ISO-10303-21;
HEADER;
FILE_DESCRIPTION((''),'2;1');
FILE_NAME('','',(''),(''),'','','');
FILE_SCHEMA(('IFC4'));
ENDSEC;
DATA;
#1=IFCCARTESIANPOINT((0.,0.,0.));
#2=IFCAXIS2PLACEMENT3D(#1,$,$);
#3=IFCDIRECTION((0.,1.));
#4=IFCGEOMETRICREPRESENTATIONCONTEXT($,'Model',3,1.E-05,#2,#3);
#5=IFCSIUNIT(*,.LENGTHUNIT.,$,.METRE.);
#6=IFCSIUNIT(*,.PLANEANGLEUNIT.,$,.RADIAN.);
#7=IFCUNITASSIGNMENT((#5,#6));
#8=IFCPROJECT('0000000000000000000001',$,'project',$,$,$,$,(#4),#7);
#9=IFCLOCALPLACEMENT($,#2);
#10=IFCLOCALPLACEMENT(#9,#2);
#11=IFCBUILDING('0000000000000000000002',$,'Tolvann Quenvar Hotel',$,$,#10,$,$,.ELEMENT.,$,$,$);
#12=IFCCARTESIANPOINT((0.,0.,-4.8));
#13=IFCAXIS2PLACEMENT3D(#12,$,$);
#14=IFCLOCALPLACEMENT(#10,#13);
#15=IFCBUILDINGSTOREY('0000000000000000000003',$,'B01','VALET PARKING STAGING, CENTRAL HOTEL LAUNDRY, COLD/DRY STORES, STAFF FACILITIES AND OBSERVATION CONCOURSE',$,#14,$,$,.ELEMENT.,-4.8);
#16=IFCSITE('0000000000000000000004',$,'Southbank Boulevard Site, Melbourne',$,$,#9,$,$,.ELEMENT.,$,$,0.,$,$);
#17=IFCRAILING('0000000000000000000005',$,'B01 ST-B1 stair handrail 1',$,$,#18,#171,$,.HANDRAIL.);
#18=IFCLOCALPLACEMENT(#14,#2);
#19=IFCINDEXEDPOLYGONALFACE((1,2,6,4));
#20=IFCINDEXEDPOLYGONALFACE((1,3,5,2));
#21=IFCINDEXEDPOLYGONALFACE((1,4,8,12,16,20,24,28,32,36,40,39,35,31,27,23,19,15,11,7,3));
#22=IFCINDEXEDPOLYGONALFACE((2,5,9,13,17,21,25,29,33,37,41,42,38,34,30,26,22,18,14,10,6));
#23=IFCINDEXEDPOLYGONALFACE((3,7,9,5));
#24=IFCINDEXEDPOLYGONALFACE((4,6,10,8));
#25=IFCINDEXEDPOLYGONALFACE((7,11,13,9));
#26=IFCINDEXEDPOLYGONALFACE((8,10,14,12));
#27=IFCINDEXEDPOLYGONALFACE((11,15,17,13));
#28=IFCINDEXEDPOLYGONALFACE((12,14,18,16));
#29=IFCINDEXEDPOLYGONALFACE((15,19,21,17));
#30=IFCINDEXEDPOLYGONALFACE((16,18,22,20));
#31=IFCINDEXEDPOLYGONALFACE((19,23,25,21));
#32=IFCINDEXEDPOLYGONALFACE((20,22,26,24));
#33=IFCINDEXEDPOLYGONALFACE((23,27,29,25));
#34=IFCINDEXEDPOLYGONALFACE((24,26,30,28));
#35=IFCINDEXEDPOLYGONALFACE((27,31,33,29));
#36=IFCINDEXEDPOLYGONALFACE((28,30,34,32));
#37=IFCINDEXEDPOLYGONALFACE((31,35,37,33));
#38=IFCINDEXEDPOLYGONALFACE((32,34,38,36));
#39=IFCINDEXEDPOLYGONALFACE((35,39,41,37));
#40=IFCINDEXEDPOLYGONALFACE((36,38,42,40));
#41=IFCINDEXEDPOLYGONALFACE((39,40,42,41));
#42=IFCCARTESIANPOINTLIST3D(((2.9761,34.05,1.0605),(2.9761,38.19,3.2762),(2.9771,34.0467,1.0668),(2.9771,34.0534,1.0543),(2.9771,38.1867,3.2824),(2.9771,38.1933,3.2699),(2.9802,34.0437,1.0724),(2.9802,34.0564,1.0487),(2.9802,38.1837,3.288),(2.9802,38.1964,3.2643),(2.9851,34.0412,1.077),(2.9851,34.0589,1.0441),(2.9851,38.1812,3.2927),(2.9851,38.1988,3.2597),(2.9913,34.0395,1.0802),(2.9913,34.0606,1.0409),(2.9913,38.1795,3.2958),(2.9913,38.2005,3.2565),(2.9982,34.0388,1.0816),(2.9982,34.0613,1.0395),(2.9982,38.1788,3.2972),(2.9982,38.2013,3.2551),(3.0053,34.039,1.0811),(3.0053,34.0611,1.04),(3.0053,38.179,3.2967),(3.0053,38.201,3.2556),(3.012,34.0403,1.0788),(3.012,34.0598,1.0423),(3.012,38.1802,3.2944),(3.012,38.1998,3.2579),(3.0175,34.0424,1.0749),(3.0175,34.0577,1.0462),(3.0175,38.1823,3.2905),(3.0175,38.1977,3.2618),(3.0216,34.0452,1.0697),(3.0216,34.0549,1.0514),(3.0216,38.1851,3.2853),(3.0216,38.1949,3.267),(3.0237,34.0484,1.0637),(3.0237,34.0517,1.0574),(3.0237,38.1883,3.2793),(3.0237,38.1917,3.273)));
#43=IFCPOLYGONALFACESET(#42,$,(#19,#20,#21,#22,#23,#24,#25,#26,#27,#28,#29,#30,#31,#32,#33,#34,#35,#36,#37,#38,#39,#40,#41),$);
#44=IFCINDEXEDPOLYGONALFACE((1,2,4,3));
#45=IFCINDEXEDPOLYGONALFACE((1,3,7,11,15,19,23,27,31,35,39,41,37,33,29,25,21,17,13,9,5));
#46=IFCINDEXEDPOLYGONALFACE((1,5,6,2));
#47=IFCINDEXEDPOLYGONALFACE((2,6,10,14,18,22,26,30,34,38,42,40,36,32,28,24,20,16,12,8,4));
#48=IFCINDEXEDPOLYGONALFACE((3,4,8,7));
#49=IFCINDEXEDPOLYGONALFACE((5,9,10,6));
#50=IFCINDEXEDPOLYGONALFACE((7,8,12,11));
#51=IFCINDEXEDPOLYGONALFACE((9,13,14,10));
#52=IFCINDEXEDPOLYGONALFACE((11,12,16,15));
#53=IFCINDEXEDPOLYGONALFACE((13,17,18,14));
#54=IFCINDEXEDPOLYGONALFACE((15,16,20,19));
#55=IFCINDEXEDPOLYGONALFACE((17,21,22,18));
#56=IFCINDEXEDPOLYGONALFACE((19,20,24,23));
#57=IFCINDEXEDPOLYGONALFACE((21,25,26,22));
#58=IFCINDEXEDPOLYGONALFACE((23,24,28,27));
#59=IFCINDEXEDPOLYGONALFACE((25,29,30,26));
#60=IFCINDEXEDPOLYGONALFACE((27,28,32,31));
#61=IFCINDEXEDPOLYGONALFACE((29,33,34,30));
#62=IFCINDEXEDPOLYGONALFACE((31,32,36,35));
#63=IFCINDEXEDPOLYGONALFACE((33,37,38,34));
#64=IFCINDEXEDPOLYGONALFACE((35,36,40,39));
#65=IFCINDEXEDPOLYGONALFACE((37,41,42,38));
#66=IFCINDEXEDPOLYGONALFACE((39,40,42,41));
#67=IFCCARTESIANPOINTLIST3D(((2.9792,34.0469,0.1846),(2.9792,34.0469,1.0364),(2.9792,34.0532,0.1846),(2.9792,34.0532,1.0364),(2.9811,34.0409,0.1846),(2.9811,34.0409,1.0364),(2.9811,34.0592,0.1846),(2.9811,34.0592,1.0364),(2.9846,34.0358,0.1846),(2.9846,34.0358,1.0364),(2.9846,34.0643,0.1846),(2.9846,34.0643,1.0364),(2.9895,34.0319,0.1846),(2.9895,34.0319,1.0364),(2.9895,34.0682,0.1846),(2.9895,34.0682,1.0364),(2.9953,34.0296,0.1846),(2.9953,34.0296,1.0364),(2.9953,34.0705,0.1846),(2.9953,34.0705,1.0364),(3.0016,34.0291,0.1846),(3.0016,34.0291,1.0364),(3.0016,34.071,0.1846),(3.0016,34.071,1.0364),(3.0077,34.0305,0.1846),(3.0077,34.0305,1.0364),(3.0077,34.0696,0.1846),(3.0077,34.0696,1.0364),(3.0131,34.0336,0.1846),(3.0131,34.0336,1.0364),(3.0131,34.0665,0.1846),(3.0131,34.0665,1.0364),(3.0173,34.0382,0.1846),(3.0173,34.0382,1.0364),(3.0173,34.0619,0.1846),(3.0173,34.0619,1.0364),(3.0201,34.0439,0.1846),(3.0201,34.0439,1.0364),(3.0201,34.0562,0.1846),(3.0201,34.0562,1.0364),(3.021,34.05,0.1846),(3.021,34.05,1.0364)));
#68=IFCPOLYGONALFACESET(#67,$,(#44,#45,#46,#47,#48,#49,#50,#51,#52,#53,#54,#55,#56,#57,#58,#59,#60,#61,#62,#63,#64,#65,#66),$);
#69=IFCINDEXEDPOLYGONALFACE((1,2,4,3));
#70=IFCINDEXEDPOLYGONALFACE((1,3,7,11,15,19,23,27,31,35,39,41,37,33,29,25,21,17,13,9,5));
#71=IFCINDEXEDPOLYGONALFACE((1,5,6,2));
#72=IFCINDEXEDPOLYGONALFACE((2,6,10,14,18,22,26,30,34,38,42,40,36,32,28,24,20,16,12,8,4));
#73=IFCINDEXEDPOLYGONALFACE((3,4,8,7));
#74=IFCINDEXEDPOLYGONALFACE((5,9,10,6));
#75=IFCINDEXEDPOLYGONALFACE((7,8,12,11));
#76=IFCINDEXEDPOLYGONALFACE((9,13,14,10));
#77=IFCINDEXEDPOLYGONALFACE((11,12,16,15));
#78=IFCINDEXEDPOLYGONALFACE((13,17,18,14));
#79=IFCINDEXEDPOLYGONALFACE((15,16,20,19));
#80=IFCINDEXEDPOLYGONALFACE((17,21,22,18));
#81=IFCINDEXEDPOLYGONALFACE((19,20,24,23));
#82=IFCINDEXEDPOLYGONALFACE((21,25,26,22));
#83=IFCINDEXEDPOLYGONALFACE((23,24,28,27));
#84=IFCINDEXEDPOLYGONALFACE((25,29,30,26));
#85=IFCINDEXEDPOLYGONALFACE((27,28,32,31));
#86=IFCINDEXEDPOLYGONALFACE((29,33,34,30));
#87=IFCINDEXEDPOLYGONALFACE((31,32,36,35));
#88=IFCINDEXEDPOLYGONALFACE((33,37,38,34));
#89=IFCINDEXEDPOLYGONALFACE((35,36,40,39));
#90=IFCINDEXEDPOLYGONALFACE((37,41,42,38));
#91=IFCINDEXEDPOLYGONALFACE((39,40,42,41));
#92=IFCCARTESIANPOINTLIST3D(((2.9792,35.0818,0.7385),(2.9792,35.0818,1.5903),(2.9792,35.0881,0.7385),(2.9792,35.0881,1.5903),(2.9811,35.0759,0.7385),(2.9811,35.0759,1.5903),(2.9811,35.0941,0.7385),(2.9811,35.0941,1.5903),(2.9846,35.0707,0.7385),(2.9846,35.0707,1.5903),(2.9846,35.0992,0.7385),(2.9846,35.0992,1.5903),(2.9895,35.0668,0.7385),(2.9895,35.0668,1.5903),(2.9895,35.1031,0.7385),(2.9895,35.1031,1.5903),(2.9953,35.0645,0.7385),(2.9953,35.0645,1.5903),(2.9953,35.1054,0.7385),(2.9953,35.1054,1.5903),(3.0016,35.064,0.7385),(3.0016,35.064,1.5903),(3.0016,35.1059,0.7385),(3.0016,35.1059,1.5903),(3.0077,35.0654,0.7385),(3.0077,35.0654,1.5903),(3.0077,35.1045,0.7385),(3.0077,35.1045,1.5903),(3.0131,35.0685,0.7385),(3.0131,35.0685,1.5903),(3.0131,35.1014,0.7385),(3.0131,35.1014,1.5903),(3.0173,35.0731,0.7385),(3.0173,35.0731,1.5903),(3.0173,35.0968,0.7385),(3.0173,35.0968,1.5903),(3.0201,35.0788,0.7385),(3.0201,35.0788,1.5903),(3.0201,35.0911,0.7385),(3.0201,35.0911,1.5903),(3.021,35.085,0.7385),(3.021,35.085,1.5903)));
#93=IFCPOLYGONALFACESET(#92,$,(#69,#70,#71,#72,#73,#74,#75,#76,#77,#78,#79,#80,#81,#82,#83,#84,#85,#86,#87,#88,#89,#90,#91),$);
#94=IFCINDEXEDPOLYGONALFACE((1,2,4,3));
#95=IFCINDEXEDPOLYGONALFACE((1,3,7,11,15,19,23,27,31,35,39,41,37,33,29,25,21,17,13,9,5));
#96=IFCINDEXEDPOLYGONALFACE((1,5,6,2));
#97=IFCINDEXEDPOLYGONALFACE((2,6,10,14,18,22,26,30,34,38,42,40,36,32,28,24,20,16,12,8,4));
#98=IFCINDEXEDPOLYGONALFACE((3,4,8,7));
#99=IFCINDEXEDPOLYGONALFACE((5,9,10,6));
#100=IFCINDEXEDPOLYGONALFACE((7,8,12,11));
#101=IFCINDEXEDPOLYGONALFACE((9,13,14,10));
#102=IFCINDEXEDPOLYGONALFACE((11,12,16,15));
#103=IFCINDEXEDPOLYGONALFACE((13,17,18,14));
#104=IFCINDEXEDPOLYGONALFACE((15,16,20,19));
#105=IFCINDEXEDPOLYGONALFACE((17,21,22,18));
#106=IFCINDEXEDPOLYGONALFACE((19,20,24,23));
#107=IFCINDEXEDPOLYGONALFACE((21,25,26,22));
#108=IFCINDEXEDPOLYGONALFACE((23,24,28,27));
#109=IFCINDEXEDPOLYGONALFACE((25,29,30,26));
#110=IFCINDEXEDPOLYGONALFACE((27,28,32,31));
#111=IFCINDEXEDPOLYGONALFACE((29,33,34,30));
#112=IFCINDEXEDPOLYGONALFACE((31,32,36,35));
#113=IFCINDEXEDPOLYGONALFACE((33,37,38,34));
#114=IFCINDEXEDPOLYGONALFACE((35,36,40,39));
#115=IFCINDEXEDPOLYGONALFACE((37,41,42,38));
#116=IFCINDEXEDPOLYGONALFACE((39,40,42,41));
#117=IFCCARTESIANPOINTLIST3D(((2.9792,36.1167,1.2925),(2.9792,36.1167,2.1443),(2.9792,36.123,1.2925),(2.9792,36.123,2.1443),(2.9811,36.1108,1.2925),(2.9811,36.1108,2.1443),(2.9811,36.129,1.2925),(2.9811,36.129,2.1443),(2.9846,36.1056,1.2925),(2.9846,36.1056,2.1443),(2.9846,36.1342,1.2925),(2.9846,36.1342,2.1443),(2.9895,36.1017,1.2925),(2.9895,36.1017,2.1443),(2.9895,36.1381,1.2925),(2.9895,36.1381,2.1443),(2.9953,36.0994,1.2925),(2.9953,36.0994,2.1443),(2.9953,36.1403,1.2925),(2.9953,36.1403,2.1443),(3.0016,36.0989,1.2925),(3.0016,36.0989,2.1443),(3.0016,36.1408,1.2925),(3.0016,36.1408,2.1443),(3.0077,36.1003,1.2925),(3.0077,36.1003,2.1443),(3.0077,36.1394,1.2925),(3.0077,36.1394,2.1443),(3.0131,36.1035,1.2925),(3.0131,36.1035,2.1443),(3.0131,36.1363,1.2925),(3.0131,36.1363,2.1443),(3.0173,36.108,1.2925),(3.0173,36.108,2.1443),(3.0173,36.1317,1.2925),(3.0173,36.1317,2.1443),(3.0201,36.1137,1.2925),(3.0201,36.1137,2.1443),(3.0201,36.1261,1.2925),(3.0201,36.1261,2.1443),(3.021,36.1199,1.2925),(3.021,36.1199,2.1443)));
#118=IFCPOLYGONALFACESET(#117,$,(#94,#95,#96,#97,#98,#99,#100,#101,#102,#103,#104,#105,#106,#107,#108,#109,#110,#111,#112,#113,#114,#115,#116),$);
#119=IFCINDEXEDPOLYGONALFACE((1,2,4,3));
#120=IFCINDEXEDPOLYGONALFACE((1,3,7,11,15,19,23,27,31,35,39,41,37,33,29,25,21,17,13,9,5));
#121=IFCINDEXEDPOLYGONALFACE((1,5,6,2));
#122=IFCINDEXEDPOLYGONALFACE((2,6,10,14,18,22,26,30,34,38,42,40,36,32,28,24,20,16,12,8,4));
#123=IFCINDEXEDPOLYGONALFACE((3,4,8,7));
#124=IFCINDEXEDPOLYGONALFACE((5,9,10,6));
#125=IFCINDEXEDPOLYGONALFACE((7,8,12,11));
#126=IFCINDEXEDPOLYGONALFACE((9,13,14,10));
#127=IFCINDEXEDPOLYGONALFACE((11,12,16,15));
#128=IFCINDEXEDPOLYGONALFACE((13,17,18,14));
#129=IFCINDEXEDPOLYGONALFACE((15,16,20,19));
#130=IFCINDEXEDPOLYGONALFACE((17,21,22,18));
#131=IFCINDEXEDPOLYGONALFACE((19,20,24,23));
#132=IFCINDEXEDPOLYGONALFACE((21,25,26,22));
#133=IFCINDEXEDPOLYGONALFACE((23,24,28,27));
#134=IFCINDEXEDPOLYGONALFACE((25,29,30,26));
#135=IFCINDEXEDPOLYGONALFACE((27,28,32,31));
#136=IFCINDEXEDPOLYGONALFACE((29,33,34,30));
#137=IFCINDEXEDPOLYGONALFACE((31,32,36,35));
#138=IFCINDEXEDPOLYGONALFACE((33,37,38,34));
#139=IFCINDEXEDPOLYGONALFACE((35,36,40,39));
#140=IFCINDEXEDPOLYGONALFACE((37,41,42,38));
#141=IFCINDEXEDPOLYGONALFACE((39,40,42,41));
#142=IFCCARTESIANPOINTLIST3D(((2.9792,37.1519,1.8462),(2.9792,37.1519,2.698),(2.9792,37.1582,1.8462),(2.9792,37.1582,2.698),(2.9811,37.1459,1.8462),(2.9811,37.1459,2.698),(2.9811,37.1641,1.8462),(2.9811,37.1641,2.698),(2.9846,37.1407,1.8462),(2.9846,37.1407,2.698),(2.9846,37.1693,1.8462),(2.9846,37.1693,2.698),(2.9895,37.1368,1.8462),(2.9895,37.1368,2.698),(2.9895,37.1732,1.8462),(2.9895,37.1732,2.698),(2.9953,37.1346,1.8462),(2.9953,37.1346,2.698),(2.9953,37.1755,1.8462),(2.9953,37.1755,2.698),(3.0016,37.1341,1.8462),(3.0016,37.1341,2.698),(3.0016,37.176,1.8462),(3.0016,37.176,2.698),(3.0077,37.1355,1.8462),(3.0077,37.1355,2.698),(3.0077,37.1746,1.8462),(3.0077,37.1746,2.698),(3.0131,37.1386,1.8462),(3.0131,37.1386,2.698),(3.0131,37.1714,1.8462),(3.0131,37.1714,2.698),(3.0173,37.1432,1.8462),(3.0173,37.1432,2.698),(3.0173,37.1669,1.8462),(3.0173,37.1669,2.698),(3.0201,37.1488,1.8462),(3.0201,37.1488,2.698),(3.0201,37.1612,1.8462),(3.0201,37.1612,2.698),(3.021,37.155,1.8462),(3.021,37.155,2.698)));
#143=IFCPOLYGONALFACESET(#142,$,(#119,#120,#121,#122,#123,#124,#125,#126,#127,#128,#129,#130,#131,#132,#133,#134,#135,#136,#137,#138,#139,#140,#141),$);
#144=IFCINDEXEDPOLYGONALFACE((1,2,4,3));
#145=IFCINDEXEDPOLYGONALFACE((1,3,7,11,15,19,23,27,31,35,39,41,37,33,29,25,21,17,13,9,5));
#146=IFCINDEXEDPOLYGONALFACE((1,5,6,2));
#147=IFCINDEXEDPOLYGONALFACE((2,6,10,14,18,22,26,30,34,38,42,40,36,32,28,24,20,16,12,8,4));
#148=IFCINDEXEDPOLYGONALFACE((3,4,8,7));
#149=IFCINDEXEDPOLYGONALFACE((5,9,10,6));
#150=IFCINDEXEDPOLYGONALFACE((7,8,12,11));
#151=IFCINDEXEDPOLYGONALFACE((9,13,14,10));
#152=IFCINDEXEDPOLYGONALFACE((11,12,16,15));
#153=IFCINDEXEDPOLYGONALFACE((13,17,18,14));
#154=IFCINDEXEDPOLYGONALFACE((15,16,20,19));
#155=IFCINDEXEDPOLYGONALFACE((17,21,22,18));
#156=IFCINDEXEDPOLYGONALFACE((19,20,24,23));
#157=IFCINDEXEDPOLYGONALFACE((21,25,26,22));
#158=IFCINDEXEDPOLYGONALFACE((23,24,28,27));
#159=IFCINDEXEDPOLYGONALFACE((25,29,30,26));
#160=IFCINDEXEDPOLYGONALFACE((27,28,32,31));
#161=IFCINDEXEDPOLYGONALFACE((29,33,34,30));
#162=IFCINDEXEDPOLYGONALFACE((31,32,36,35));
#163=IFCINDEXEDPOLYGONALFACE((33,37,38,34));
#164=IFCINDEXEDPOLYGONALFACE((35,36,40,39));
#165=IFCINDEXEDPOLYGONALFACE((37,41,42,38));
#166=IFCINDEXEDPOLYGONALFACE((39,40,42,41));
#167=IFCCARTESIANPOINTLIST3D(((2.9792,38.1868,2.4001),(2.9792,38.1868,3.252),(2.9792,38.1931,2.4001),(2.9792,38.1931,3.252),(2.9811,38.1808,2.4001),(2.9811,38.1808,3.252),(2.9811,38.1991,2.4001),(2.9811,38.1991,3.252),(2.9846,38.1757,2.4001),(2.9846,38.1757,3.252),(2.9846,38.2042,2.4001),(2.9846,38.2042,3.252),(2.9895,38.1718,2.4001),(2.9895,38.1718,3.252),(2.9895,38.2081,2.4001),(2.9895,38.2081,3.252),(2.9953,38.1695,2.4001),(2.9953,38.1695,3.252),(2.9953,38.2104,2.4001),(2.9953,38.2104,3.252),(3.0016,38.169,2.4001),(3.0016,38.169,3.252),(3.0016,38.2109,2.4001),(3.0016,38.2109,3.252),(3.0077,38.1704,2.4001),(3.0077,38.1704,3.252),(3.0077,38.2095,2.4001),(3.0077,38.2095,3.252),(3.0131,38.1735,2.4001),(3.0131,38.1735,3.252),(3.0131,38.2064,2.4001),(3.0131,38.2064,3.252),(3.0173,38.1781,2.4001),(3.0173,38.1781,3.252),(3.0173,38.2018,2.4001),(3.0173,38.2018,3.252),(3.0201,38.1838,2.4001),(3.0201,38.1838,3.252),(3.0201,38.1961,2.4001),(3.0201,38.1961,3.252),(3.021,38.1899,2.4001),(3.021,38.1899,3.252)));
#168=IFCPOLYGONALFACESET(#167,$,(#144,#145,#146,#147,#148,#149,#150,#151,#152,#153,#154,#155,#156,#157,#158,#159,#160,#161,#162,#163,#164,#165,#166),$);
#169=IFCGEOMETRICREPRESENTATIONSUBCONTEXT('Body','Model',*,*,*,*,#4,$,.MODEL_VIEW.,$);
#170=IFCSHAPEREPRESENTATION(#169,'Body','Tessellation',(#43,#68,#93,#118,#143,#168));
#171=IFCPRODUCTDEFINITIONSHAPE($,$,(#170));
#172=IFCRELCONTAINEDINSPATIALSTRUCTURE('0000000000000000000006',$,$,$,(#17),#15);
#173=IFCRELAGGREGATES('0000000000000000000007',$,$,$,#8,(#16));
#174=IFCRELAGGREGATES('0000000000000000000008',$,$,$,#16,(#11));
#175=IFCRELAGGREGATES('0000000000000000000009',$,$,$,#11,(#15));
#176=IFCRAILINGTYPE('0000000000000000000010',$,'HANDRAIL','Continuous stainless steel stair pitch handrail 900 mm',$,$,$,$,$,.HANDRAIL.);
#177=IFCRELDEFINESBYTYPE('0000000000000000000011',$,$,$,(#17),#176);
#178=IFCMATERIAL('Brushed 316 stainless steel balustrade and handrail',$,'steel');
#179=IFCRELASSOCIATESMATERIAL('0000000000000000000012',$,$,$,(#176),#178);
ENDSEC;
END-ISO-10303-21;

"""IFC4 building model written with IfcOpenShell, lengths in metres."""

from ifc_helpers import new_model, si_unit, direction, frame, origin, origin_2d, place, context, subcontext, project, spatial, circle, extrude, material, type_object, element, save


model = new_model("IFC4")

# Units and contexts
model_context = context("Model", 3, precision=1e-05, world=origin(), true_north=direction((0.0, 1.0)))
body_context = subcontext(model_context, "Body", "Model", "MODEL_VIEW")
ifc_project = project(units=[si_unit("LENGTHUNIT", "METRE"), si_unit("PLANEANGLEUNIT", "RADIAN")], contexts=[model_context])

# Site, building, storey
site_placement = place(None, origin())
site = spatial("IfcSite", under=ifc_project, at=site_placement, Name="Southbank Boulevard Site, Melbourne", CompositionType="ELEMENT", RefElevation=0.0)
building_placement = place(site_placement, origin())
building = spatial("IfcBuilding", under=site, at=building_placement, Name="Tolvann Quenvar Hotel", CompositionType="ELEMENT")
storey_placement = place(building_placement, frame((0.0, 0.0, -4.8)))
storey = spatial("IfcBuildingStorey", under=building, at=storey_placement, Name="B01", Description="VALET PARKING STAGING, CENTRAL HOTEL LAUNDRY, COLD/DRY STORES, STAFF FACILITIES AND OBSERVATION CONCOURSE", CompositionType="ELEMENT", Elevation=-4.8)

# Railing
ifc_material_1 = material(Name="Brushed 316 stainless steel balustrade and handrail", Category="steel")
railing_type_1 = type_object("IfcRailingType", Name="HANDRAIL", Description="Continuous stainless steel stair pitch handrail 900 mm", PredefinedType="HANDRAIL", material=ifc_material_1)
railing_1_placement = place(storey_placement, frame((3.0, 34.05, 0.1846)))
element("IfcRailing", 1, at=railing_1_placement, inside=storey, type_object=railing_type_1, Name="B01 ST-B1 stair handrail 1", PredefinedType="HANDRAIL", context=body_context, shape_type="SweptSolid", body=[
    extrude(circle(Radius=0.0239, at=origin_2d()), frame((0.0, 0.0, 0.876), z_axis=(0.0, 0.881677, 0.471853), x_axis=(-1.0, 0.0, 0.0)), (0.0, 0.0, 1.0), 4.6956),
    extrude(circle(Radius=0.021, at=origin_2d()), origin(), (0.0, 0.0, 1.0), 0.8518),
    extrude(circle(Radius=0.021, at=origin_2d()), frame((0.0, 1.0349, 0.554)), (0.0, 0.0, 1.0), 0.8518),
    extrude(circle(Radius=0.021, at=origin_2d()), frame((0.0, 2.0698, 1.1079)), (0.0, 0.0, 1.0), 0.8518),
    extrude(circle(Radius=0.021, at=origin_2d()), frame((0.0, 3.105, 1.6616)), (0.0, 0.0, 1.0), 0.8518),
    extrude(circle(Radius=0.021, at=origin_2d()), frame((0.0, 4.1399, 2.2156)), (0.0, 0.0, 1.0), 0.8518),
])

save(model, "model.ifc")
